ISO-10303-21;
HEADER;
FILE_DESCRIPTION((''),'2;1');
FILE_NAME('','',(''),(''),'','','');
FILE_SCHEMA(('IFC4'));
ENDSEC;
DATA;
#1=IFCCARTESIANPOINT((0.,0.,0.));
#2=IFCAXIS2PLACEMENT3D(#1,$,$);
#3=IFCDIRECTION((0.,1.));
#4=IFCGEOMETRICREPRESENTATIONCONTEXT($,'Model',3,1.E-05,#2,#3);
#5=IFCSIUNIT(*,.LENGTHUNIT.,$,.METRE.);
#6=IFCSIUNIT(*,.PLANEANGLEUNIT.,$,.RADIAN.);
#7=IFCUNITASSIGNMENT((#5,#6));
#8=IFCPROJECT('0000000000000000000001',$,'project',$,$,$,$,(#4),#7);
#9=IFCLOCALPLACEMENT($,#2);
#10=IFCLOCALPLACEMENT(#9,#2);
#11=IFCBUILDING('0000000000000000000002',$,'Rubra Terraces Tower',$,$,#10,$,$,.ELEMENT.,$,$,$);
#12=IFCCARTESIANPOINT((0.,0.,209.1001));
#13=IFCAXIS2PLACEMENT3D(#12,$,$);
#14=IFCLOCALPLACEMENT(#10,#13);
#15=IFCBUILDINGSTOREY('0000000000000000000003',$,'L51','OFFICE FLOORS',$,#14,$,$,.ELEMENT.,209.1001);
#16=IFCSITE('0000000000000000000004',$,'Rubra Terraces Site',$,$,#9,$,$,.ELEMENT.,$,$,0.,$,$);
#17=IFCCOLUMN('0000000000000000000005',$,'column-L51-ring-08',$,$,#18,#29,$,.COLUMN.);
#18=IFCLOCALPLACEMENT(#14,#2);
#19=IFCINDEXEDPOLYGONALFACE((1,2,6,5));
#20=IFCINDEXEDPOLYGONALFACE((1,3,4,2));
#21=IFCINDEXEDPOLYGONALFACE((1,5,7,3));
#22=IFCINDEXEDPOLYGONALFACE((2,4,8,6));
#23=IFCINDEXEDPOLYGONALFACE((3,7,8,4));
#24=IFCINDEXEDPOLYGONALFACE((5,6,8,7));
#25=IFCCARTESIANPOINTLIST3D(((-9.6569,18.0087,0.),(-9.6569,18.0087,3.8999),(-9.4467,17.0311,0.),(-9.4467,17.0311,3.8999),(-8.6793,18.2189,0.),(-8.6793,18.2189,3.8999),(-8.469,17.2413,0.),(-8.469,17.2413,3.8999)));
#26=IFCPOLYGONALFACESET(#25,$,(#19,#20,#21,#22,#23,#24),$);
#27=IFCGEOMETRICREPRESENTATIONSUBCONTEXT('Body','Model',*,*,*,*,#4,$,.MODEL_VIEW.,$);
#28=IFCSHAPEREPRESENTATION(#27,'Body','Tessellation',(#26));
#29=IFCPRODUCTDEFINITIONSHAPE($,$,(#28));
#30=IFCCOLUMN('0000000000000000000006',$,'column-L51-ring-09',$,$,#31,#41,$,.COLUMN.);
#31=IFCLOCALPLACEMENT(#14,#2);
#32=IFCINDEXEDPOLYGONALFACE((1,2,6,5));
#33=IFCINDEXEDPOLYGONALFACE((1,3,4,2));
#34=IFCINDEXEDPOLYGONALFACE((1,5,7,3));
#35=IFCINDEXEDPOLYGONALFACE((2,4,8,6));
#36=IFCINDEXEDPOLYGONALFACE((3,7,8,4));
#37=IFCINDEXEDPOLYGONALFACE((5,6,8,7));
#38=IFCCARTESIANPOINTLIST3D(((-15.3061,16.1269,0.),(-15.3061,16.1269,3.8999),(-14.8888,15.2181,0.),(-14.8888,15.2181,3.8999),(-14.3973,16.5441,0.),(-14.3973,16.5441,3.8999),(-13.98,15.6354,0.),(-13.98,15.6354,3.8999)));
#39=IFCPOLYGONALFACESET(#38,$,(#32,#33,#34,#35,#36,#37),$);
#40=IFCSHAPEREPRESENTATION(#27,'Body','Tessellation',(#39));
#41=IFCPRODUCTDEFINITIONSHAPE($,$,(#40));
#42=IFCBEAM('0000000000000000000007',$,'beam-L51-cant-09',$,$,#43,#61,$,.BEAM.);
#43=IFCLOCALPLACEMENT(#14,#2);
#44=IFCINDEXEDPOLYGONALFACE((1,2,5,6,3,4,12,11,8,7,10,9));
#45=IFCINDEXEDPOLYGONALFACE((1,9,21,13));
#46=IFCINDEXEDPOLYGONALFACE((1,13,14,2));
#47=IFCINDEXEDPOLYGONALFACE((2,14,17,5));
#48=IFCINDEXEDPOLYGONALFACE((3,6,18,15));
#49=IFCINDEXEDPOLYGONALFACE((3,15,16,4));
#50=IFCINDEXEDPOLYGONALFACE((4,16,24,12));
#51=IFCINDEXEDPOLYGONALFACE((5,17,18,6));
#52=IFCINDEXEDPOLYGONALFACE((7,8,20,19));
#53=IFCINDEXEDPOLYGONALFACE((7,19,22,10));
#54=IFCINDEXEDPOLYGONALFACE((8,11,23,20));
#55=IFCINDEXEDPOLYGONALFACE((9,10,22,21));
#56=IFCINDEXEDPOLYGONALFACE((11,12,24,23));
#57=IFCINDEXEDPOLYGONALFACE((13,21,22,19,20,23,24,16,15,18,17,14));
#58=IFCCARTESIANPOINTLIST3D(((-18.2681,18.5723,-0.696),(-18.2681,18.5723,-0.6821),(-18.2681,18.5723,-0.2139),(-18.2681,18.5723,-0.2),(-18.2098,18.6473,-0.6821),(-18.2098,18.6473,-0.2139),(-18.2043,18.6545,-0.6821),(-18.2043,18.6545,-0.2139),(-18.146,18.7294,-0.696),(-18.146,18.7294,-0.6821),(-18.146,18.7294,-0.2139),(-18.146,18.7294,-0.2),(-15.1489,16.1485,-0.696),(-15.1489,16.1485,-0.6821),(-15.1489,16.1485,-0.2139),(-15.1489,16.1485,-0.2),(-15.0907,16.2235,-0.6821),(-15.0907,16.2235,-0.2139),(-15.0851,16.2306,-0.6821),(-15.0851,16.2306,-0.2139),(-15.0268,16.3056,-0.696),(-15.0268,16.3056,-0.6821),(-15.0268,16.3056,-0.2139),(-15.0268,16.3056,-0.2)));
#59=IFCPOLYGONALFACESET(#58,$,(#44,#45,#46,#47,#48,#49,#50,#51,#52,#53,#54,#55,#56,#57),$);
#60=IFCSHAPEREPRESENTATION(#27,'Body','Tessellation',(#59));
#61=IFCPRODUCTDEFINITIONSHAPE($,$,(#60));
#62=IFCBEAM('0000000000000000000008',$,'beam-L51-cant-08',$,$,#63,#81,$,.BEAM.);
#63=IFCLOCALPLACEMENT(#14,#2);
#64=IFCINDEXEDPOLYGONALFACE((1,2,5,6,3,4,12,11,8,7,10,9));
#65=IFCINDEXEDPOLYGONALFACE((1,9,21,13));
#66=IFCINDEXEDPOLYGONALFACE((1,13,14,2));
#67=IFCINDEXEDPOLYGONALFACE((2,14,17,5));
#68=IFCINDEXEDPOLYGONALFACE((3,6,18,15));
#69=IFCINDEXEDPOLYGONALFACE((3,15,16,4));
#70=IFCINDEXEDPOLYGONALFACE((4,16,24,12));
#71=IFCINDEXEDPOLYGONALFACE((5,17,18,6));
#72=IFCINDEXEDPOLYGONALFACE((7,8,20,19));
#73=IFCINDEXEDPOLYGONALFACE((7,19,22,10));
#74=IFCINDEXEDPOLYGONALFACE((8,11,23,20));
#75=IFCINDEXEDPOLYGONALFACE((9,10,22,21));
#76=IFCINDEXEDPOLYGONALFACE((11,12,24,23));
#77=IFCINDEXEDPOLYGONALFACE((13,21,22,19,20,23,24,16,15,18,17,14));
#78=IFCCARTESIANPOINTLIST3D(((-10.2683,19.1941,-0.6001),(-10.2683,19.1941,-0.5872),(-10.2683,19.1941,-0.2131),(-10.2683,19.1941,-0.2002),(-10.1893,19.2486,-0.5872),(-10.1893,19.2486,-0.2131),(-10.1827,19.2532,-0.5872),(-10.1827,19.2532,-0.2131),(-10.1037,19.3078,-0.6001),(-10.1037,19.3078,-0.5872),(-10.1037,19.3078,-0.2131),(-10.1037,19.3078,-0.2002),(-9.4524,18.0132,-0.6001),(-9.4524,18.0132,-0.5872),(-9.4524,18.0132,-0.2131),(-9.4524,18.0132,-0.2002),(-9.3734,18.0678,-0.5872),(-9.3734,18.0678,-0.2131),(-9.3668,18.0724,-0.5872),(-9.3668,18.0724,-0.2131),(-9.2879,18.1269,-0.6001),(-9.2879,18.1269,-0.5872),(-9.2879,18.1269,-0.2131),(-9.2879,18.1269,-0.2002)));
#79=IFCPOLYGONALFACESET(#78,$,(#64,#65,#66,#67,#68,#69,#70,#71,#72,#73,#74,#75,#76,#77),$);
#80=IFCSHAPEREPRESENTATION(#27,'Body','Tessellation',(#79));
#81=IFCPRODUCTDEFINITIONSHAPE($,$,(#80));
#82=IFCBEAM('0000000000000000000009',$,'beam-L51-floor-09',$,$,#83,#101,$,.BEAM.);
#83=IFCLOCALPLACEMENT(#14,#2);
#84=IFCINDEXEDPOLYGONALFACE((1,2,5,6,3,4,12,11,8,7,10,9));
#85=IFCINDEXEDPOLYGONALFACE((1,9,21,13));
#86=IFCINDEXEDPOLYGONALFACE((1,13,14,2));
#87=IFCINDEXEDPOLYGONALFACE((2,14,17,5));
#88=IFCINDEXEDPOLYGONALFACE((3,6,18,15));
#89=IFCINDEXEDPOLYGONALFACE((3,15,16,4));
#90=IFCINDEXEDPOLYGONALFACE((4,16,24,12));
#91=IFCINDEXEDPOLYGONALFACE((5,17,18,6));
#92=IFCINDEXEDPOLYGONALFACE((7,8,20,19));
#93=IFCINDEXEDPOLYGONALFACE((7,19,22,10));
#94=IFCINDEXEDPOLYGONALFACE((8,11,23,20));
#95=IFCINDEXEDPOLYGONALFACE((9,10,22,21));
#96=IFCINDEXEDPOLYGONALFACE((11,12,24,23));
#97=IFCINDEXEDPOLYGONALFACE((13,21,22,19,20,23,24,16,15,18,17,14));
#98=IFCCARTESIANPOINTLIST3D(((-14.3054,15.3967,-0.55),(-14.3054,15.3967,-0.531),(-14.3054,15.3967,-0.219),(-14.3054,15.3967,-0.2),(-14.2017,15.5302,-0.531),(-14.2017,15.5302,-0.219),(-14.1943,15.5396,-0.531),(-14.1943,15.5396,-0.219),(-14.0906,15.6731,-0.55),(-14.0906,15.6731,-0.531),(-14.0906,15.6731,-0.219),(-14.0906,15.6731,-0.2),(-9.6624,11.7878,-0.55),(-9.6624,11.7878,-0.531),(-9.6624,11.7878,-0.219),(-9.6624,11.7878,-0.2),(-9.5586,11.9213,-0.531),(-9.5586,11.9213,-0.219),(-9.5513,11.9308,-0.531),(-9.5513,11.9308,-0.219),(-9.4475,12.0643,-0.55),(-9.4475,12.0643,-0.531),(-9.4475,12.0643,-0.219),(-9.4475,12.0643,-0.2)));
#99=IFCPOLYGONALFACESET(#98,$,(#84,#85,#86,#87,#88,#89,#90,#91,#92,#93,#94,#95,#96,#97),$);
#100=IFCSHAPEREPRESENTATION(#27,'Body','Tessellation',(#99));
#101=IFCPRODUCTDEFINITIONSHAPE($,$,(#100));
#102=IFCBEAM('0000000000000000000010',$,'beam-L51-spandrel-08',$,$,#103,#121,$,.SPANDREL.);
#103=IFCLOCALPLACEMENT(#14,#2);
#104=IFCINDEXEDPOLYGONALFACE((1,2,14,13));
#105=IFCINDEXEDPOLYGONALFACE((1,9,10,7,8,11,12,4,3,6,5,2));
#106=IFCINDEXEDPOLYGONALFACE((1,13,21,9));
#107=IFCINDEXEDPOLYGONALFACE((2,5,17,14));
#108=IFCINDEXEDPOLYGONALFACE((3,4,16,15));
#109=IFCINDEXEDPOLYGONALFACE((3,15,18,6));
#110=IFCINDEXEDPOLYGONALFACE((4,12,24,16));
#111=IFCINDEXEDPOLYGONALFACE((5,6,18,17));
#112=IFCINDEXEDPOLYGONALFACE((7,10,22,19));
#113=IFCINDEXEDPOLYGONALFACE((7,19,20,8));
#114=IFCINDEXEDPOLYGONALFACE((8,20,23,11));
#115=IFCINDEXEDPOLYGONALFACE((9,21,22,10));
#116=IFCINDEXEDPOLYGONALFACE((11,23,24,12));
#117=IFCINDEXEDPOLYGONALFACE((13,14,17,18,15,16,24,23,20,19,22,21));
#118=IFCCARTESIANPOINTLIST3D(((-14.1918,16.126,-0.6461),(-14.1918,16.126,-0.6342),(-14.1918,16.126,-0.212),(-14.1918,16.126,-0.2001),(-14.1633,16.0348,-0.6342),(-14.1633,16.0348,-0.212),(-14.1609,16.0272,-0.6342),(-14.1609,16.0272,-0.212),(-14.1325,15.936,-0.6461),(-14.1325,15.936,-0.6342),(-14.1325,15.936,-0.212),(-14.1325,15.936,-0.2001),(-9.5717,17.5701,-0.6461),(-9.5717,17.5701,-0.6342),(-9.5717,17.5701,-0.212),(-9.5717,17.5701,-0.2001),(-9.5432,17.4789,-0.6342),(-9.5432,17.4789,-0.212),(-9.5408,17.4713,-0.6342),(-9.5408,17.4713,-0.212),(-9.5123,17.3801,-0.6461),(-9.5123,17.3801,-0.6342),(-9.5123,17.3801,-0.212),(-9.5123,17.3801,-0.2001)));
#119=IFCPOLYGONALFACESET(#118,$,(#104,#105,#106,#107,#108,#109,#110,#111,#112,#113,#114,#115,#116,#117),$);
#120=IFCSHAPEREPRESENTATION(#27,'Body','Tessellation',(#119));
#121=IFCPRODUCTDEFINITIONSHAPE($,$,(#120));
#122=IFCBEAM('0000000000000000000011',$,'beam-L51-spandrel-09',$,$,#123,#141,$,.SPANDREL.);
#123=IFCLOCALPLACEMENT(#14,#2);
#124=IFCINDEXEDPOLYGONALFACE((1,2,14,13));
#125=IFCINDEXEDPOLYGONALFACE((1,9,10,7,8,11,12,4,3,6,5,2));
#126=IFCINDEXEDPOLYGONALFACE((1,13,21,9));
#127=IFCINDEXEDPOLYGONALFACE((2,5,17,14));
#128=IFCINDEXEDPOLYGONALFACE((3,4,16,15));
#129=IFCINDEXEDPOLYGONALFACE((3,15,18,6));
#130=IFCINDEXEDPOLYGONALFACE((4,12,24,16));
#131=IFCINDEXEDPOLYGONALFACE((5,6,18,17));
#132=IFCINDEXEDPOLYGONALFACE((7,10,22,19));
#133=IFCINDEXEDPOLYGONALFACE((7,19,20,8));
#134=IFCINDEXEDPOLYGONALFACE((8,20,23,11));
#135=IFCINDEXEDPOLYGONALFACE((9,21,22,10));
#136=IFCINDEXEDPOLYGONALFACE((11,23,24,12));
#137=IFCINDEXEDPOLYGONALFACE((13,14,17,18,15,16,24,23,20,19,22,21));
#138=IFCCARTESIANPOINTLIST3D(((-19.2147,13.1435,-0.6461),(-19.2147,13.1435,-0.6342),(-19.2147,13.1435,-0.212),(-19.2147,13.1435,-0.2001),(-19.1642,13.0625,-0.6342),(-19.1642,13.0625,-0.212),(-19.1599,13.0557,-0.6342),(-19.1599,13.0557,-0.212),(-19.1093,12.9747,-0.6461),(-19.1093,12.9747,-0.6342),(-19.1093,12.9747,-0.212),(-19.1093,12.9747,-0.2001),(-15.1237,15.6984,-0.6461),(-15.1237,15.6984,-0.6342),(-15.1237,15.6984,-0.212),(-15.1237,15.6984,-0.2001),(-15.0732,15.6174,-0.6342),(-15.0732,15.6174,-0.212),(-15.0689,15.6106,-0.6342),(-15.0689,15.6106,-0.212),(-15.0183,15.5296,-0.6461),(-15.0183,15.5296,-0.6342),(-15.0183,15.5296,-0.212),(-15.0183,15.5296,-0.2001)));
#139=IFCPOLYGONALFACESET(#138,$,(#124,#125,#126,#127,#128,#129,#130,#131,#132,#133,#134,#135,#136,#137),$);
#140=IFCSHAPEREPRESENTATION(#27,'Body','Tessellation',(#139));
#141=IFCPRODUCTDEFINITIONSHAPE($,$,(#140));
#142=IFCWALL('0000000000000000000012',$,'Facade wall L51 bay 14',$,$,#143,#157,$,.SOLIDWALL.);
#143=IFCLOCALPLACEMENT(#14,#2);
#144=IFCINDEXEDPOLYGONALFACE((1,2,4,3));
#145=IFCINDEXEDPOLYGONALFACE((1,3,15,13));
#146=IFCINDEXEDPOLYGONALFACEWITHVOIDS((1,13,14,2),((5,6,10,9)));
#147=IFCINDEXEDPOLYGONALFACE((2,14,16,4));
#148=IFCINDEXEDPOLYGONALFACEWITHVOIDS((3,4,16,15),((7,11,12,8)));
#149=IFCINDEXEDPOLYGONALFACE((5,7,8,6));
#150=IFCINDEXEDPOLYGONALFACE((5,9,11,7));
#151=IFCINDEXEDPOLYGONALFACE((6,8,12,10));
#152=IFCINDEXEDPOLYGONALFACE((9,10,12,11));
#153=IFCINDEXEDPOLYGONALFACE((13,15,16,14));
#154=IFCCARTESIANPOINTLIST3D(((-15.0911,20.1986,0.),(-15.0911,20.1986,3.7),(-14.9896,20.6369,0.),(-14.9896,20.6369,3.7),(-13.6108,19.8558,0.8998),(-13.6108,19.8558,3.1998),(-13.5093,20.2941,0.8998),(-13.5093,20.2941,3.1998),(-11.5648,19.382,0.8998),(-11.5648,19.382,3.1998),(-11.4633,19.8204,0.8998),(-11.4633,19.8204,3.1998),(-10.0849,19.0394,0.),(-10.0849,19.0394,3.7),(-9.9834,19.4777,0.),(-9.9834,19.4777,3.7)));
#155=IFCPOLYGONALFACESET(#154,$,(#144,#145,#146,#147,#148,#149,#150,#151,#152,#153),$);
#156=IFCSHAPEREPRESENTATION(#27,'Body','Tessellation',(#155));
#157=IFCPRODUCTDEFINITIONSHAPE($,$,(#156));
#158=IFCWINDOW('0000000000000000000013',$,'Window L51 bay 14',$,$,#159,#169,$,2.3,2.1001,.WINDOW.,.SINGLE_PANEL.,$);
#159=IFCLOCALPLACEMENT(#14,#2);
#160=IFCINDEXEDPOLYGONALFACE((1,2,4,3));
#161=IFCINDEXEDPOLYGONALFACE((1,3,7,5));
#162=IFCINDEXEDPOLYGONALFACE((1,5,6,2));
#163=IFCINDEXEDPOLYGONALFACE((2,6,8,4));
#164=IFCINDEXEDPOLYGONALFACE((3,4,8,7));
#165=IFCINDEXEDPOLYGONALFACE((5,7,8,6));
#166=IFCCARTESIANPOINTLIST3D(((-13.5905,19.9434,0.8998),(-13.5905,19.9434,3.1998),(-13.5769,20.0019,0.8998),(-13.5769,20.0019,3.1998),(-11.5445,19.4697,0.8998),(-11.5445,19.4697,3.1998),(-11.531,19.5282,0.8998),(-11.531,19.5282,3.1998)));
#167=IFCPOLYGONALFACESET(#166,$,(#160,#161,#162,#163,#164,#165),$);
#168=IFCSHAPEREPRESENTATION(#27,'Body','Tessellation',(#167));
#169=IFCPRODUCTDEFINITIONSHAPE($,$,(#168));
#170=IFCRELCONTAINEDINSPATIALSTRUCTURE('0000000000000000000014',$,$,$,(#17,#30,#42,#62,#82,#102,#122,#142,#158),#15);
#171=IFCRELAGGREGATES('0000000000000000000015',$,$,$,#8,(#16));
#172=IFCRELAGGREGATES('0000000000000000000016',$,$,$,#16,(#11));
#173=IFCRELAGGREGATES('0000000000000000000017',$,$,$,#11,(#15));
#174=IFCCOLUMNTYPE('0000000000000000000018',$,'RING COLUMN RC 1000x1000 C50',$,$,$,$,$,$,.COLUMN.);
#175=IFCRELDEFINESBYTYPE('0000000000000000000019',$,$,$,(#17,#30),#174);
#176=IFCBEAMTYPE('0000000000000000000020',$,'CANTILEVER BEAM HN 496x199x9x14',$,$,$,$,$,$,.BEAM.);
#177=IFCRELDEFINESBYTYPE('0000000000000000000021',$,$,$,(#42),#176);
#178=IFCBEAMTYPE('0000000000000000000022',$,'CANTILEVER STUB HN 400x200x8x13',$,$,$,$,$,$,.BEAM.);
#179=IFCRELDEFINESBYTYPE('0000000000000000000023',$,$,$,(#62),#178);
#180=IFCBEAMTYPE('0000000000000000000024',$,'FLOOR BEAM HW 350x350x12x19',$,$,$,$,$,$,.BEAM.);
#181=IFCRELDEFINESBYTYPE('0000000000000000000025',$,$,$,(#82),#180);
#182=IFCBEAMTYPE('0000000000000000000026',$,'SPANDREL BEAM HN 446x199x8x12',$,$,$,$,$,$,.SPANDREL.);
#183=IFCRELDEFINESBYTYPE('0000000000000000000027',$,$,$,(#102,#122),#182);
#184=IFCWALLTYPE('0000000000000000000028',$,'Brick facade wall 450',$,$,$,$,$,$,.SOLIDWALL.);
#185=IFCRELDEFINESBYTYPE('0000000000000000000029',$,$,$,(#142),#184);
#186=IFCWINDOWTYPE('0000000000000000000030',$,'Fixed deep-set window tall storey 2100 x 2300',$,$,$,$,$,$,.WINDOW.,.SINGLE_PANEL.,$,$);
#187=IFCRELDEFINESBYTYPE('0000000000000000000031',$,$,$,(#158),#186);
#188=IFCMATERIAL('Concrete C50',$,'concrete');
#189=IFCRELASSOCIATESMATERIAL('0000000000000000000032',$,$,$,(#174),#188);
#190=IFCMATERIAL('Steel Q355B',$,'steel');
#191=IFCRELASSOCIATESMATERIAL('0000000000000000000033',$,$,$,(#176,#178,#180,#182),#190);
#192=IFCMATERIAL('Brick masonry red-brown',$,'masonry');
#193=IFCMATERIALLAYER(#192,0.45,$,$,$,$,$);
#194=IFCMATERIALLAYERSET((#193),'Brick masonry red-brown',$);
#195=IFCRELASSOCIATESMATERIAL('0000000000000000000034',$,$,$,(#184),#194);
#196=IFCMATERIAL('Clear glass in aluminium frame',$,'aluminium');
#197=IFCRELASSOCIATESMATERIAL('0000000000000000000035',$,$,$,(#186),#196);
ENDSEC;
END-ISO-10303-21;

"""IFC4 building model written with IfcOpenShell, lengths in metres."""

from ifc_helpers import new_model, si_unit, direction, frame, frame_2d, origin, origin_2d, place, context, subcontext, project, spatial, rectangle, i_section, extrude, material, layer, layer_set, material_profile, profile_set, type_object, element, fill, save


model = new_model("IFC4")

# Units and contexts
model_context = context("Model", 3, precision=1e-05, world=origin(), true_north=direction((0.0, 1.0)))
body_context = subcontext(model_context, "Body", "Model", "MODEL_VIEW")
ifc_project = project(units=[si_unit("LENGTHUNIT", "METRE"), si_unit("PLANEANGLEUNIT", "RADIAN")], contexts=[model_context])

# Site, building, storey
site_placement = place(None, origin())
site = spatial("IfcSite", under=ifc_project, at=site_placement, Name="Rubra Terraces Site", CompositionType="ELEMENT", RefElevation=0.0)
building_placement = place(site_placement, origin())
building = spatial("IfcBuilding", under=site, at=building_placement, Name="Rubra Terraces Tower", CompositionType="ELEMENT")
storey_placement = place(building_placement, frame((0.0, 0.0, 209.1001)))
storey = spatial("IfcBuildingStorey", under=building, at=storey_placement, Name="L51", Description="OFFICE FLOORS", CompositionType="ELEMENT", Elevation=209.1001)

# Columns
ifc_material_1 = material(Name="Concrete C50", Category="concrete")
ifc_material_profile_1 = material_profile(ifc_material_1, rectangle(XDim=1.0, YDim=1.0, at=origin_2d()), Name="RC 1000x1000")
ifc_profile_set_1 = profile_set([ifc_material_profile_1], Name="Concrete C50")
column_type = type_object("IfcColumnType", Name="RING COLUMN RC 1000x1000 C50", PredefinedType="COLUMN", material=ifc_profile_set_1)
for number, where, z_axis, x_axis, name in (
    (1, (-9.063, 17.625, 0.0), (0.0, 0.0, 1.0), (-0.977653, -0.210227, 0.0), "column-L51-ring-08"),
    (2, (-14.6431, 15.8811, 0.0), (0.0, 0.0, 1.0), (-0.908779, -0.417279, 0.0), "column-L51-ring-09"),
):
    element("IfcColumn", number, at=place(storey_placement, frame(where, z_axis=z_axis, x_axis=x_axis)), inside=storey, type_object=column_type, Name=name, PredefinedType="COLUMN", context=body_context, shape_type="SweptSolid", body=[
        extrude(rectangle(XDim=1.0, YDim=1.0, at=origin_2d()), origin(), (0.0, 0.0, 1.0), 3.8999),
    ])

# Beams
ifc_material_2 = material(Name="Steel Q355B", Category="steel")
ifc_material_profile_2 = material_profile(ifc_material_2, i_section(OverallWidth=0.199, OverallDepth=0.4961, WebThickness=0.009, FlangeThickness=0.0139, at=origin_2d()), Name="HN 496x199x9x14")
ifc_profile_set_2 = profile_set([ifc_material_profile_2], Name="Steel Q355B")
beam_type_1 = type_object("IfcBeamType", Name="CANTILEVER BEAM HN 496x199x9x14", PredefinedType="BEAM", material=ifc_profile_set_2)
beam_1_placement = place(storey_placement, frame((-15.0879, 16.2271, -0.448), z_axis=(-0.789618, 0.613598, 0.0), x_axis=(-0.613598, -0.789618, 0.0)))
element("IfcBeam", 3, at=beam_1_placement, inside=storey, type_object=beam_type_1, Name="beam-L51-cant-09", PredefinedType="BEAM", context=body_context, shape_type="SweptSolid", body=[
    extrude(i_section(OverallWidth=0.199, OverallDepth=0.4961, WebThickness=0.009, FlangeThickness=0.0139, at=origin_2d()), origin(), (0.0, 0.0, 1.0), 3.9502),
])
ifc_material_profile_3 = material_profile(ifc_material_2, i_section(OverallWidth=0.2, OverallDepth=0.3999, WebThickness=0.0081, FlangeThickness=0.0129, at=origin_2d()), Name="HN 400x200x8x13")
ifc_profile_set_3 = profile_set([ifc_material_profile_3], Name="Steel Q355B")
beam_type_2 = type_object("IfcBeamType", Name="CANTILEVER STUB HN 400x200x8x13", PredefinedType="BEAM", material=ifc_profile_set_3)
beam_2_placement = place(storey_placement, frame((-9.3701, 18.0701, -0.4001), z_axis=(-0.56844, 0.822725, 0.0), x_axis=(-0.822725, -0.56844, 0.0)))
element("IfcBeam", 4, at=beam_2_placement, inside=storey, type_object=beam_type_2, Name="beam-L51-cant-08", PredefinedType="BEAM", context=body_context, shape_type="SweptSolid", body=[
    extrude(i_section(OverallWidth=0.2, OverallDepth=0.3999, WebThickness=0.0081, FlangeThickness=0.0129, at=origin_2d()), origin(), (0.0, 0.0, 1.0), 1.4353),
])
ifc_material_profile_4 = material_profile(ifc_material_2, i_section(OverallWidth=0.3501, OverallDepth=0.3501, WebThickness=0.012, FlangeThickness=0.019, at=origin_2d()), Name="HW 350x350x12x19")
ifc_profile_set_4 = profile_set([ifc_material_profile_4], Name="Steel Q355B")
beam_type_3 = type_object("IfcBeamType", Name="FLOOR BEAM HW 350x350x12x19", PredefinedType="BEAM", material=ifc_profile_set_4)
beam_3_placement = place(storey_placement, frame((-14.198, 15.5349, -0.375), z_axis=(0.789549, -0.613688, 0.0), x_axis=(0.613688, 0.789549, 0.0)))
element("IfcBeam", 5, at=beam_3_placement, inside=storey, type_object=beam_type_3, Name="beam-L51-floor-09", PredefinedType="BEAM", context=body_context, shape_type="SweptSolid", body=[
    extrude(i_section(OverallWidth=0.3501, OverallDepth=0.3501, WebThickness=0.012, FlangeThickness=0.019, at=origin_2d()), origin(), (0.0, 0.0, 1.0), 5.8806),
])
ifc_material_profile_5 = material_profile(ifc_material_2, i_section(OverallWidth=0.199, OverallDepth=0.446, WebThickness=0.0081, FlangeThickness=0.012, at=origin_2d()), Name="HN 446x199x8x12")
ifc_profile_set_5 = profile_set([ifc_material_profile_5], Name="Steel Q355B")
beam_type_4 = type_object("IfcBeamType", Name="SPANDREL BEAM HN 446x199x8x12", PredefinedType="SPANDREL", material=ifc_profile_set_5)
beam_4_placement = place(storey_placement, frame((-9.542, 17.4751, -0.4231), z_axis=(-0.954462, -0.298332, 0.0), x_axis=(0.298332, -0.954462, 0.0)))
element("IfcBeam", 6, at=beam_4_placement, inside=storey, type_object=beam_type_4, Name="beam-L51-spandrel-08", PredefinedType="SPANDREL", context=body_context, shape_type="SweptSolid", body=[
    extrude(i_section(OverallWidth=0.199, OverallDepth=0.446, WebThickness=0.0081, FlangeThickness=0.012, at=origin_2d()), origin(), (0.0, 0.0, 1.0), 4.8406),
])
beam_5_placement = place(storey_placement, frame((-15.071, 15.614, -0.4231), z_axis=(-0.848183, -0.529703, 0.0), x_axis=(0.529703, -0.848183, 0.0)))
element("IfcBeam", 7, at=beam_5_placement, inside=storey, type_object=beam_type_4, Name="beam-L51-spandrel-09", PredefinedType="SPANDREL", context=body_context, shape_type="SweptSolid", body=[
    extrude(i_section(OverallWidth=0.199, OverallDepth=0.446, WebThickness=0.0081, FlangeThickness=0.012, at=origin_2d()), origin(), (0.0, 0.0, 1.0), 4.8232),
])

# Wall, opening, window
ifc_material_3 = material(Name="Brick masonry red-brown", Category="masonry")
ifc_layer_1 = layer(ifc_material_3, 0.45)
ifc_layer_set_1 = layer_set([ifc_layer_1], Name="Brick masonry red-brown")
wall_type_1 = type_object("IfcWallType", Name="Brick facade wall 450", PredefinedType="SOLIDWALL", material=ifc_layer_set_1)
wall_1_placement = place(storey_placement, frame((-10.0342, 19.2585, 0.0), z_axis=(0.0, 0.0, 1.0), x_axis=(-0.974224, 0.225585, 0.0)))
wall_1 = element("IfcWall", 8, at=wall_1_placement, inside=storey, type_object=wall_type_1, Name="Facade wall L51 bay 14", PredefinedType="SOLIDWALL", context=body_context, shape_type="SweptSolid", body=[
    extrude(rectangle(XDim=5.1387, YDim=0.45, at=frame_2d((2.5693, 0.0))), origin(), (0.0, 0.0, 1.0), 3.7),
])
opening_1_placement = place(wall_1_placement, frame((1.519, 0.0, 0.8999)))
opening_1 = element("IfcOpeningElement", 9, at=opening_1_placement, cuts=wall_1, PredefinedType="OPENING", context=body_context, shape_type="SweptSolid", body=[
    extrude(rectangle(XDim=2.1001, YDim=2.3, at=frame_2d((1.05, 1.1499))), frame((0.0, 0.2349, 0.0), z_axis=(0.0, -1.0, 0.0), x_axis=(1.0, 0.0, 0.0)), (0.0, 0.0, 1.0), 0.47),
])
ifc_material_4 = material(Name="Clear glass in aluminium frame", Category="aluminium")
window_type = type_object("IfcWindowType", Name="Fixed deep-set window tall storey 2100 x 2300", PartitioningType="SINGLE_PANEL", PredefinedType="WINDOW", material=ifc_material_4)
window_1_placement = place(opening_1_placement, origin())
window_1 = element("IfcWindow", 10, at=window_1_placement, inside=storey, type_object=window_type, Name="Window L51 bay 14", OverallHeight=2.3, OverallWidth=2.1001, PartitioningType="SINGLE_PANEL", PredefinedType="WINDOW", context=body_context, shape_type="SweptSolid", body=[
    extrude(rectangle(XDim=2.1001, YDim=2.3, at=frame_2d((1.05, 1.1499))), frame((0.0, 0.135, 0.0), z_axis=(0.0, -1.0, 0.0), x_axis=(1.0, 0.0, 0.0)), (0.0, 0.0, 1.0), 0.0601),
])
fill(opening_1, window_1)

save(model, "model.ifc")
